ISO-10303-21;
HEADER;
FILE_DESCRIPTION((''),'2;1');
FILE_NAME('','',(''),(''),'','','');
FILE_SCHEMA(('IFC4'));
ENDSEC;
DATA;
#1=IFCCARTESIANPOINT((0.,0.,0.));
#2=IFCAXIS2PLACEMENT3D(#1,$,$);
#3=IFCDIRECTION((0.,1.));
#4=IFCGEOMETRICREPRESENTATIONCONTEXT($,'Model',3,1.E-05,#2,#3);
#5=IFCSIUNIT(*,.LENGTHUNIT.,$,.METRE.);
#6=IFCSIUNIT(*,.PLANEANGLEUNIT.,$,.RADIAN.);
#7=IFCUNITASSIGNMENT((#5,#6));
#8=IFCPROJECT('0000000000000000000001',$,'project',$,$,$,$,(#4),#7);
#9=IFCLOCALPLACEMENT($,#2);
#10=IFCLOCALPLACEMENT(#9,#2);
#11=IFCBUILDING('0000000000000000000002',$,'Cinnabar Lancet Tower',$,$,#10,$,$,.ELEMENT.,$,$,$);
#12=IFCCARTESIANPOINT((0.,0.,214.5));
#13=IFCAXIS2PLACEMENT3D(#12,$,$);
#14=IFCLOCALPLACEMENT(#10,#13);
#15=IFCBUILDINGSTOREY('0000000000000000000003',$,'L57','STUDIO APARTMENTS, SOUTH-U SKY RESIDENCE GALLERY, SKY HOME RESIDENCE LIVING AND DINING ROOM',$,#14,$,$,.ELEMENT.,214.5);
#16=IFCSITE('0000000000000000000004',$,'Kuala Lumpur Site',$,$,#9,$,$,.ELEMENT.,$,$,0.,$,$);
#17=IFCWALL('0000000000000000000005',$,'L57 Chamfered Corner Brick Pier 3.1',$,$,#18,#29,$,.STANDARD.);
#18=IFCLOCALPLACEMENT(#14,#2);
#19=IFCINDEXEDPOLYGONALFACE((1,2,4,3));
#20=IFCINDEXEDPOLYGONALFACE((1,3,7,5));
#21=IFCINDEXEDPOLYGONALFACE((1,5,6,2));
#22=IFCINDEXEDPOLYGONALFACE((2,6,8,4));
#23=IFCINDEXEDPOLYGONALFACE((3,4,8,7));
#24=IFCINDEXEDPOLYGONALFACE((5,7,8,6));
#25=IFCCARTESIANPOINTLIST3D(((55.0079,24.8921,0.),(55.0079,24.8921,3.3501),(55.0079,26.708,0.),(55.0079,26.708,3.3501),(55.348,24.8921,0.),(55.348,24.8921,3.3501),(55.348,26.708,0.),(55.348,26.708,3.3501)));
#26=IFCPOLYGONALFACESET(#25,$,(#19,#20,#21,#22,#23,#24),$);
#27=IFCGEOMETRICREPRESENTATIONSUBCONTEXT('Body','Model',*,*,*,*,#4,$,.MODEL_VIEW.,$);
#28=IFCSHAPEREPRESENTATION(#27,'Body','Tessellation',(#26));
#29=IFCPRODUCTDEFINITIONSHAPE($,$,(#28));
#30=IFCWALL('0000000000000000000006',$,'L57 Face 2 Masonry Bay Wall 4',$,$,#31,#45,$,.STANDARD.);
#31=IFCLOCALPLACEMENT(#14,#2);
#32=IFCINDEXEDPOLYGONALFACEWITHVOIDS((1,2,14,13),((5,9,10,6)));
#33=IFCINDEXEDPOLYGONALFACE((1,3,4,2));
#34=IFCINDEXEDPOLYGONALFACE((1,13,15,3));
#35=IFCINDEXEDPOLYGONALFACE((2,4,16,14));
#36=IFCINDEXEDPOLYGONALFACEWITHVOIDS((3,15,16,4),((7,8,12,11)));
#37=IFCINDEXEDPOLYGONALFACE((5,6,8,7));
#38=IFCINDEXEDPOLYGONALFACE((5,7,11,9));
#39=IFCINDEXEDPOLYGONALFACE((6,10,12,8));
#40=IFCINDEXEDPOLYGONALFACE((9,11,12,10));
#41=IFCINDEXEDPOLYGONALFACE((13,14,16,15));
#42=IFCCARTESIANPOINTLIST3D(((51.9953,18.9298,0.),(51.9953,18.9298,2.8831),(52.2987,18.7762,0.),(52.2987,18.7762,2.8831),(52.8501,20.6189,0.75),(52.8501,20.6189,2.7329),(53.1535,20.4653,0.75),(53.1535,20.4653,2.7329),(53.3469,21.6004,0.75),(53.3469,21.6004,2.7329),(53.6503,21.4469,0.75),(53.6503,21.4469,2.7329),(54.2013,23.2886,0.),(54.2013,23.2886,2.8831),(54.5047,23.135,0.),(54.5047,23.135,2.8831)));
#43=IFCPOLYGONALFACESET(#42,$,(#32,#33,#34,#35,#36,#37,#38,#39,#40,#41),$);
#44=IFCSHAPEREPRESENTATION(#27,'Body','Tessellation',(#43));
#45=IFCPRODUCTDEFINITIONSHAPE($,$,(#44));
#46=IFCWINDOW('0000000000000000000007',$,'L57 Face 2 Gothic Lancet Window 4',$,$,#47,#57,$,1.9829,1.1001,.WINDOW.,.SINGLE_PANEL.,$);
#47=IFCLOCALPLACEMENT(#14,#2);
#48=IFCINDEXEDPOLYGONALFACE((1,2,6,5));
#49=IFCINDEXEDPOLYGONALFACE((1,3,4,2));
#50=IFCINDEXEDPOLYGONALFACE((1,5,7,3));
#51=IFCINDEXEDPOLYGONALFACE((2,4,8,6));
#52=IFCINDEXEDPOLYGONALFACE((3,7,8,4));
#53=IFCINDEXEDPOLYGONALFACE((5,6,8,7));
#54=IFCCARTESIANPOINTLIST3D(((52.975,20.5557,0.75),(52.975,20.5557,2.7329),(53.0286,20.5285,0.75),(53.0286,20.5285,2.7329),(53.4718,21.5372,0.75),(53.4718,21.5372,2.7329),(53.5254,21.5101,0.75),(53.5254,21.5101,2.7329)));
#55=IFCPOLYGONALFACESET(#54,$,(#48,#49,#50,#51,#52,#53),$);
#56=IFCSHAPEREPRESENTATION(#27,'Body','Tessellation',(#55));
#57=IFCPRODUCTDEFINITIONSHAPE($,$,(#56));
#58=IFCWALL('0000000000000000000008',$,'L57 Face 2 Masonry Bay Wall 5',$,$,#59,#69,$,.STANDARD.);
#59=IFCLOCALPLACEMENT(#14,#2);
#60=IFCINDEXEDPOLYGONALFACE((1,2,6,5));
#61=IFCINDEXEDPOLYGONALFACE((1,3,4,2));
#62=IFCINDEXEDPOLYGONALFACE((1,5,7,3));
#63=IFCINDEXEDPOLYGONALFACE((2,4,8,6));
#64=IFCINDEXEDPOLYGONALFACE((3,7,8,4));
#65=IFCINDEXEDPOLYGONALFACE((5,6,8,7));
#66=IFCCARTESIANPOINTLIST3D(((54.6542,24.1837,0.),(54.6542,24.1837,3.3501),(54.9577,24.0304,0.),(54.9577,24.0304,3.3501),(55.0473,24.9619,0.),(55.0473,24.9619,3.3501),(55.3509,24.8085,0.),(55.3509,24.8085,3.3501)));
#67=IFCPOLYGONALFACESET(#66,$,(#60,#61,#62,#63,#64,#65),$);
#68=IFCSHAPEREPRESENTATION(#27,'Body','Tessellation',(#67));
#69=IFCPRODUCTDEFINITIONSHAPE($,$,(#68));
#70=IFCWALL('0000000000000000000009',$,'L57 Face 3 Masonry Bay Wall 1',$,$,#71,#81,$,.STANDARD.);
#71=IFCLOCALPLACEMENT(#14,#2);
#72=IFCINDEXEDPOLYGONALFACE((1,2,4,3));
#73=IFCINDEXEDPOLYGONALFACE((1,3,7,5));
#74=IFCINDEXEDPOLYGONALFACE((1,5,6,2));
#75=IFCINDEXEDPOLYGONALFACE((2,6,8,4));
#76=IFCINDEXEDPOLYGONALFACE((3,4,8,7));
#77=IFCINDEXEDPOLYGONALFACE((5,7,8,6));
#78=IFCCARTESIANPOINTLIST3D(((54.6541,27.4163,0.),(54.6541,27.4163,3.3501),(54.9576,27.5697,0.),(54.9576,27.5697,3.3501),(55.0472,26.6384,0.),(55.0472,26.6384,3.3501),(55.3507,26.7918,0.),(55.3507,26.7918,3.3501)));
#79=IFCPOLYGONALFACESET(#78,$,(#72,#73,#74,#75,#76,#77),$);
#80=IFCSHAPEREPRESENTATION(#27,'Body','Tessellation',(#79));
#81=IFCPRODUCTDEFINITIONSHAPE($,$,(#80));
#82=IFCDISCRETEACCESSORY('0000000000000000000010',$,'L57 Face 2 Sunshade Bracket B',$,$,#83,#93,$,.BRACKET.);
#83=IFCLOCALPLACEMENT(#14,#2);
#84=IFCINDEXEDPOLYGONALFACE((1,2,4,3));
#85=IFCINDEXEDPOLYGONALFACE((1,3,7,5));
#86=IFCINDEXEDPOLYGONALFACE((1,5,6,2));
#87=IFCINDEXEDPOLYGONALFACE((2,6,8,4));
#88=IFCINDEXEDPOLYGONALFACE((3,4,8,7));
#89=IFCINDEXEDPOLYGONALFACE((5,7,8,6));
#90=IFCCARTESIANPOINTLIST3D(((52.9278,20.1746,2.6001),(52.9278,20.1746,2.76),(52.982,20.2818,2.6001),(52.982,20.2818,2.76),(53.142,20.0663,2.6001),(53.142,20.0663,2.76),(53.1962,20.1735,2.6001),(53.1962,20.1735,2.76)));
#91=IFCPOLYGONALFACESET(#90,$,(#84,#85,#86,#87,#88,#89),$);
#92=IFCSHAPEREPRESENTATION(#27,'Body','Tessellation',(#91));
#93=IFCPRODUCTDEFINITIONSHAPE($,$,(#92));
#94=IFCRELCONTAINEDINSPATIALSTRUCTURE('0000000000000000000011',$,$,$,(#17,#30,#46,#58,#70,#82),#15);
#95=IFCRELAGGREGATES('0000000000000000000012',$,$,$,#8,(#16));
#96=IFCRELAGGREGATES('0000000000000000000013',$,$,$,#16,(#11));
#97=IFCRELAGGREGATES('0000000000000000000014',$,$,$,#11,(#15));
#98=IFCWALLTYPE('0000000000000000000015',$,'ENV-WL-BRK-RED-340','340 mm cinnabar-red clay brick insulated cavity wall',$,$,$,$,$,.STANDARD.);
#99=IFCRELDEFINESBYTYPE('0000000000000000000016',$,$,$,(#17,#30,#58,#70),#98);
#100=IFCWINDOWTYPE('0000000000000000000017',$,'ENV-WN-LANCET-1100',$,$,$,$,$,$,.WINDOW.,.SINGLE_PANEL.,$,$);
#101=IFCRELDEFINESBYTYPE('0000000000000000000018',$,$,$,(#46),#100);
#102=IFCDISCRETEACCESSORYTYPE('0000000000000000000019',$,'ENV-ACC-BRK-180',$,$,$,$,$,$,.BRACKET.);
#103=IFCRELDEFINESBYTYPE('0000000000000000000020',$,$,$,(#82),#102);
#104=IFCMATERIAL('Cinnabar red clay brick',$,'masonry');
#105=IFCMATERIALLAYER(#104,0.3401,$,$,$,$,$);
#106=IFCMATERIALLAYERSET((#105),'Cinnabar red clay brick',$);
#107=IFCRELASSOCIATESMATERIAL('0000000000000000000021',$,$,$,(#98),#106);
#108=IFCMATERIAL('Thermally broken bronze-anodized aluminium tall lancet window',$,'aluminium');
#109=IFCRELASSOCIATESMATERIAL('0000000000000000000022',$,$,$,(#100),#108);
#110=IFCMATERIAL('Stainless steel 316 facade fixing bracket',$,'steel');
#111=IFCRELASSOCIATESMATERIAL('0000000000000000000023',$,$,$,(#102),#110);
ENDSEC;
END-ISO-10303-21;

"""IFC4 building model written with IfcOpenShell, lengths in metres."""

from ifc_helpers import new_model, si_unit, direction, frame, frame_2d, origin, origin_2d, place, context, subcontext, project, spatial, rectangle, extrude, material, layer, layer_set, type_object, element, fill, save


model = new_model("IFC4")

# Units and contexts
model_context = context("Model", 3, precision=1e-05, world=origin(), true_north=direction((0.0, 1.0)))
body_context = subcontext(model_context, "Body", "Model", "MODEL_VIEW")
ifc_project = project(units=[si_unit("LENGTHUNIT", "METRE"), si_unit("PLANEANGLEUNIT", "RADIAN")], contexts=[model_context])

# Site, building, storey
site_placement = place(None, origin())
site = spatial("IfcSite", under=ifc_project, at=site_placement, Name="Kuala Lumpur Site", CompositionType="ELEMENT", RefElevation=0.0)
building_placement = place(site_placement, origin())
building = spatial("IfcBuilding", under=site, at=building_placement, Name="Cinnabar Lancet Tower", CompositionType="ELEMENT")
storey_placement = place(building_placement, frame((0.0, 0.0, 214.5)))
storey = spatial("IfcBuildingStorey", under=building, at=storey_placement, Name="L57", Description="STUDIO APARTMENTS, SOUTH-U SKY RESIDENCE GALLERY, SKY HOME RESIDENCE LIVING AND DINING ROOM", CompositionType="ELEMENT", Elevation=214.5)

# Wall
ifc_material_1 = material(Name="Cinnabar red clay brick", Category="masonry")
ifc_layer_1 = layer(ifc_material_1, 0.3401)
ifc_layer_set_1 = layer_set([ifc_layer_1], Name="Cinnabar red clay brick")
wall_type_1 = type_object("IfcWallType", Name="ENV-WL-BRK-RED-340", Description="340 mm cinnabar-red clay brick insulated cavity wall", PredefinedType="STANDARD", material=ifc_layer_set_1)
wall_1_placement = place(storey_placement, frame((55.178, 24.8921, 0.0), z_axis=(0.0, 0.0, 1.0), x_axis=(0.0, 1.0, 0.0)))
element("IfcWall", 1, at=wall_1_placement, inside=storey, type_object=wall_type_1, Name="L57 Chamfered Corner Brick Pier 3.1", PredefinedType="STANDARD", context=body_context, shape_type="SweptSolid", body=[
    extrude(rectangle(XDim=1.8159, YDim=0.3401, at=frame_2d((0.908, 0.0))), origin(), (0.0, 0.0, 1.0), 3.3501),
])

# Wall, opening, window
wall_2_placement = place(storey_placement, frame((52.147, 18.853, 0.0), z_axis=(0.0, 0.0, 1.0), x_axis=(0.451566, 0.892238, 0.0)))
wall_2 = element("IfcWall", 2, at=wall_2_placement, inside=storey, type_object=wall_type_1, Name="L57 Face 2 Masonry Bay Wall 4", PredefinedType="STANDARD", context=body_context, shape_type="SweptSolid", body=[
    extrude(rectangle(XDim=4.8853, YDim=0.3401, at=frame_2d((2.4426, 0.0))), origin(), (0.0, 0.0, 1.0), 2.8831),
])
opening_1_placement = place(wall_2_placement, frame((1.8931, 0.0, 0.75)))
opening_1 = element("IfcOpeningElement", 3, at=opening_1_placement, cuts=wall_2, PredefinedType="OPENING", context=body_context, shape_type="SweptSolid", body=[
    extrude(rectangle(XDim=1.1001, YDim=1.9829, at=frame_2d((0.55, 0.9915))), frame((0.0, 0.1799, 0.0), z_axis=(0.0, -1.0, 0.0), x_axis=(1.0, 0.0, 0.0)), (0.0, 0.0, 1.0), 0.3601),
])
ifc_material_2 = material(Name="Thermally broken bronze-anodized aluminium tall lancet window", Category="aluminium")
window_type = type_object("IfcWindowType", Name="ENV-WN-LANCET-1100", PartitioningType="SINGLE_PANEL", PredefinedType="WINDOW", material=ifc_material_2)
window_placement = place(opening_1_placement, origin())
window = element("IfcWindow", 4, at=window_placement, inside=storey, type_object=window_type, Name="L57 Face 2 Gothic Lancet Window 4", OverallHeight=1.9829, OverallWidth=1.1001, PartitioningType="SINGLE_PANEL", PredefinedType="WINDOW", context=body_context, shape_type="SweptSolid", body=[
    extrude(rectangle(XDim=1.1001, YDim=1.9829, at=frame_2d((0.55, 0.9915))), frame((0.0, 0.03, 0.0), z_axis=(0.0, -1.0, 0.0), x_axis=(1.0, 0.0, 0.0)), (0.0, 0.0, 1.0), 0.0601),
])
fill(opening_1, window)

# Walls
wall_3_placement = place(storey_placement, frame((54.8059, 24.1069, 0.0), z_axis=(0.0, 0.0, 1.0), x_axis=(0.450907, 0.892571, 0.0)))
element("IfcWall", 5, at=wall_3_placement, inside=storey, type_object=wall_type_1, Name="L57 Face 2 Masonry Bay Wall 5", PredefinedType="STANDARD", context=body_context, shape_type="SweptSolid", body=[
    extrude(rectangle(XDim=0.8718, YDim=0.3401, at=frame_2d((0.436, 0.0))), origin(), (0.0, 0.0, 1.0), 3.3501),
])
wall_4_placement = place(storey_placement, frame((55.199, 26.7151, 0.0), z_axis=(0.0, 0.0, 1.0), x_axis=(-0.451019, 0.892514, 0.0)))
element("IfcWall", 6, at=wall_4_placement, inside=storey, type_object=wall_type_1, Name="L57 Face 3 Masonry Bay Wall 1", PredefinedType="STANDARD", context=body_context, shape_type="SweptSolid", body=[
    extrude(rectangle(XDim=0.8716, YDim=0.3401, at=frame_2d((0.4358, 0.0))), origin(), (0.0, 0.0, 1.0), 3.3501),
])

# Discrete accessory
ifc_material_3 = material(Name="Stainless steel 316 facade fixing bracket", Category="steel")
discrete_accessory_type = type_object("IfcDiscreteAccessoryType", Name="ENV-ACC-BRK-180", PredefinedType="BRACKET", material=ifc_material_3)
discrete_accessory_placement = place(storey_placement, frame((53.062, 20.1741, 2.6001), z_axis=(0.0, 0.0, 1.0), x_axis=(0.451407, 0.892318, 0.0)))
element("IfcDiscreteAccessory", 7, at=discrete_accessory_placement, inside=storey, type_object=discrete_accessory_type, Name="L57 Face 2 Sunshade Bracket B", PredefinedType="BRACKET", context=body_context, shape_type="SweptSolid", body=[
    extrude(rectangle(XDim=0.1201, YDim=0.24, at=origin_2d()), origin(), (0.0, 0.0, 1.0), 0.1599),
])

save(model, "model.ifc")
